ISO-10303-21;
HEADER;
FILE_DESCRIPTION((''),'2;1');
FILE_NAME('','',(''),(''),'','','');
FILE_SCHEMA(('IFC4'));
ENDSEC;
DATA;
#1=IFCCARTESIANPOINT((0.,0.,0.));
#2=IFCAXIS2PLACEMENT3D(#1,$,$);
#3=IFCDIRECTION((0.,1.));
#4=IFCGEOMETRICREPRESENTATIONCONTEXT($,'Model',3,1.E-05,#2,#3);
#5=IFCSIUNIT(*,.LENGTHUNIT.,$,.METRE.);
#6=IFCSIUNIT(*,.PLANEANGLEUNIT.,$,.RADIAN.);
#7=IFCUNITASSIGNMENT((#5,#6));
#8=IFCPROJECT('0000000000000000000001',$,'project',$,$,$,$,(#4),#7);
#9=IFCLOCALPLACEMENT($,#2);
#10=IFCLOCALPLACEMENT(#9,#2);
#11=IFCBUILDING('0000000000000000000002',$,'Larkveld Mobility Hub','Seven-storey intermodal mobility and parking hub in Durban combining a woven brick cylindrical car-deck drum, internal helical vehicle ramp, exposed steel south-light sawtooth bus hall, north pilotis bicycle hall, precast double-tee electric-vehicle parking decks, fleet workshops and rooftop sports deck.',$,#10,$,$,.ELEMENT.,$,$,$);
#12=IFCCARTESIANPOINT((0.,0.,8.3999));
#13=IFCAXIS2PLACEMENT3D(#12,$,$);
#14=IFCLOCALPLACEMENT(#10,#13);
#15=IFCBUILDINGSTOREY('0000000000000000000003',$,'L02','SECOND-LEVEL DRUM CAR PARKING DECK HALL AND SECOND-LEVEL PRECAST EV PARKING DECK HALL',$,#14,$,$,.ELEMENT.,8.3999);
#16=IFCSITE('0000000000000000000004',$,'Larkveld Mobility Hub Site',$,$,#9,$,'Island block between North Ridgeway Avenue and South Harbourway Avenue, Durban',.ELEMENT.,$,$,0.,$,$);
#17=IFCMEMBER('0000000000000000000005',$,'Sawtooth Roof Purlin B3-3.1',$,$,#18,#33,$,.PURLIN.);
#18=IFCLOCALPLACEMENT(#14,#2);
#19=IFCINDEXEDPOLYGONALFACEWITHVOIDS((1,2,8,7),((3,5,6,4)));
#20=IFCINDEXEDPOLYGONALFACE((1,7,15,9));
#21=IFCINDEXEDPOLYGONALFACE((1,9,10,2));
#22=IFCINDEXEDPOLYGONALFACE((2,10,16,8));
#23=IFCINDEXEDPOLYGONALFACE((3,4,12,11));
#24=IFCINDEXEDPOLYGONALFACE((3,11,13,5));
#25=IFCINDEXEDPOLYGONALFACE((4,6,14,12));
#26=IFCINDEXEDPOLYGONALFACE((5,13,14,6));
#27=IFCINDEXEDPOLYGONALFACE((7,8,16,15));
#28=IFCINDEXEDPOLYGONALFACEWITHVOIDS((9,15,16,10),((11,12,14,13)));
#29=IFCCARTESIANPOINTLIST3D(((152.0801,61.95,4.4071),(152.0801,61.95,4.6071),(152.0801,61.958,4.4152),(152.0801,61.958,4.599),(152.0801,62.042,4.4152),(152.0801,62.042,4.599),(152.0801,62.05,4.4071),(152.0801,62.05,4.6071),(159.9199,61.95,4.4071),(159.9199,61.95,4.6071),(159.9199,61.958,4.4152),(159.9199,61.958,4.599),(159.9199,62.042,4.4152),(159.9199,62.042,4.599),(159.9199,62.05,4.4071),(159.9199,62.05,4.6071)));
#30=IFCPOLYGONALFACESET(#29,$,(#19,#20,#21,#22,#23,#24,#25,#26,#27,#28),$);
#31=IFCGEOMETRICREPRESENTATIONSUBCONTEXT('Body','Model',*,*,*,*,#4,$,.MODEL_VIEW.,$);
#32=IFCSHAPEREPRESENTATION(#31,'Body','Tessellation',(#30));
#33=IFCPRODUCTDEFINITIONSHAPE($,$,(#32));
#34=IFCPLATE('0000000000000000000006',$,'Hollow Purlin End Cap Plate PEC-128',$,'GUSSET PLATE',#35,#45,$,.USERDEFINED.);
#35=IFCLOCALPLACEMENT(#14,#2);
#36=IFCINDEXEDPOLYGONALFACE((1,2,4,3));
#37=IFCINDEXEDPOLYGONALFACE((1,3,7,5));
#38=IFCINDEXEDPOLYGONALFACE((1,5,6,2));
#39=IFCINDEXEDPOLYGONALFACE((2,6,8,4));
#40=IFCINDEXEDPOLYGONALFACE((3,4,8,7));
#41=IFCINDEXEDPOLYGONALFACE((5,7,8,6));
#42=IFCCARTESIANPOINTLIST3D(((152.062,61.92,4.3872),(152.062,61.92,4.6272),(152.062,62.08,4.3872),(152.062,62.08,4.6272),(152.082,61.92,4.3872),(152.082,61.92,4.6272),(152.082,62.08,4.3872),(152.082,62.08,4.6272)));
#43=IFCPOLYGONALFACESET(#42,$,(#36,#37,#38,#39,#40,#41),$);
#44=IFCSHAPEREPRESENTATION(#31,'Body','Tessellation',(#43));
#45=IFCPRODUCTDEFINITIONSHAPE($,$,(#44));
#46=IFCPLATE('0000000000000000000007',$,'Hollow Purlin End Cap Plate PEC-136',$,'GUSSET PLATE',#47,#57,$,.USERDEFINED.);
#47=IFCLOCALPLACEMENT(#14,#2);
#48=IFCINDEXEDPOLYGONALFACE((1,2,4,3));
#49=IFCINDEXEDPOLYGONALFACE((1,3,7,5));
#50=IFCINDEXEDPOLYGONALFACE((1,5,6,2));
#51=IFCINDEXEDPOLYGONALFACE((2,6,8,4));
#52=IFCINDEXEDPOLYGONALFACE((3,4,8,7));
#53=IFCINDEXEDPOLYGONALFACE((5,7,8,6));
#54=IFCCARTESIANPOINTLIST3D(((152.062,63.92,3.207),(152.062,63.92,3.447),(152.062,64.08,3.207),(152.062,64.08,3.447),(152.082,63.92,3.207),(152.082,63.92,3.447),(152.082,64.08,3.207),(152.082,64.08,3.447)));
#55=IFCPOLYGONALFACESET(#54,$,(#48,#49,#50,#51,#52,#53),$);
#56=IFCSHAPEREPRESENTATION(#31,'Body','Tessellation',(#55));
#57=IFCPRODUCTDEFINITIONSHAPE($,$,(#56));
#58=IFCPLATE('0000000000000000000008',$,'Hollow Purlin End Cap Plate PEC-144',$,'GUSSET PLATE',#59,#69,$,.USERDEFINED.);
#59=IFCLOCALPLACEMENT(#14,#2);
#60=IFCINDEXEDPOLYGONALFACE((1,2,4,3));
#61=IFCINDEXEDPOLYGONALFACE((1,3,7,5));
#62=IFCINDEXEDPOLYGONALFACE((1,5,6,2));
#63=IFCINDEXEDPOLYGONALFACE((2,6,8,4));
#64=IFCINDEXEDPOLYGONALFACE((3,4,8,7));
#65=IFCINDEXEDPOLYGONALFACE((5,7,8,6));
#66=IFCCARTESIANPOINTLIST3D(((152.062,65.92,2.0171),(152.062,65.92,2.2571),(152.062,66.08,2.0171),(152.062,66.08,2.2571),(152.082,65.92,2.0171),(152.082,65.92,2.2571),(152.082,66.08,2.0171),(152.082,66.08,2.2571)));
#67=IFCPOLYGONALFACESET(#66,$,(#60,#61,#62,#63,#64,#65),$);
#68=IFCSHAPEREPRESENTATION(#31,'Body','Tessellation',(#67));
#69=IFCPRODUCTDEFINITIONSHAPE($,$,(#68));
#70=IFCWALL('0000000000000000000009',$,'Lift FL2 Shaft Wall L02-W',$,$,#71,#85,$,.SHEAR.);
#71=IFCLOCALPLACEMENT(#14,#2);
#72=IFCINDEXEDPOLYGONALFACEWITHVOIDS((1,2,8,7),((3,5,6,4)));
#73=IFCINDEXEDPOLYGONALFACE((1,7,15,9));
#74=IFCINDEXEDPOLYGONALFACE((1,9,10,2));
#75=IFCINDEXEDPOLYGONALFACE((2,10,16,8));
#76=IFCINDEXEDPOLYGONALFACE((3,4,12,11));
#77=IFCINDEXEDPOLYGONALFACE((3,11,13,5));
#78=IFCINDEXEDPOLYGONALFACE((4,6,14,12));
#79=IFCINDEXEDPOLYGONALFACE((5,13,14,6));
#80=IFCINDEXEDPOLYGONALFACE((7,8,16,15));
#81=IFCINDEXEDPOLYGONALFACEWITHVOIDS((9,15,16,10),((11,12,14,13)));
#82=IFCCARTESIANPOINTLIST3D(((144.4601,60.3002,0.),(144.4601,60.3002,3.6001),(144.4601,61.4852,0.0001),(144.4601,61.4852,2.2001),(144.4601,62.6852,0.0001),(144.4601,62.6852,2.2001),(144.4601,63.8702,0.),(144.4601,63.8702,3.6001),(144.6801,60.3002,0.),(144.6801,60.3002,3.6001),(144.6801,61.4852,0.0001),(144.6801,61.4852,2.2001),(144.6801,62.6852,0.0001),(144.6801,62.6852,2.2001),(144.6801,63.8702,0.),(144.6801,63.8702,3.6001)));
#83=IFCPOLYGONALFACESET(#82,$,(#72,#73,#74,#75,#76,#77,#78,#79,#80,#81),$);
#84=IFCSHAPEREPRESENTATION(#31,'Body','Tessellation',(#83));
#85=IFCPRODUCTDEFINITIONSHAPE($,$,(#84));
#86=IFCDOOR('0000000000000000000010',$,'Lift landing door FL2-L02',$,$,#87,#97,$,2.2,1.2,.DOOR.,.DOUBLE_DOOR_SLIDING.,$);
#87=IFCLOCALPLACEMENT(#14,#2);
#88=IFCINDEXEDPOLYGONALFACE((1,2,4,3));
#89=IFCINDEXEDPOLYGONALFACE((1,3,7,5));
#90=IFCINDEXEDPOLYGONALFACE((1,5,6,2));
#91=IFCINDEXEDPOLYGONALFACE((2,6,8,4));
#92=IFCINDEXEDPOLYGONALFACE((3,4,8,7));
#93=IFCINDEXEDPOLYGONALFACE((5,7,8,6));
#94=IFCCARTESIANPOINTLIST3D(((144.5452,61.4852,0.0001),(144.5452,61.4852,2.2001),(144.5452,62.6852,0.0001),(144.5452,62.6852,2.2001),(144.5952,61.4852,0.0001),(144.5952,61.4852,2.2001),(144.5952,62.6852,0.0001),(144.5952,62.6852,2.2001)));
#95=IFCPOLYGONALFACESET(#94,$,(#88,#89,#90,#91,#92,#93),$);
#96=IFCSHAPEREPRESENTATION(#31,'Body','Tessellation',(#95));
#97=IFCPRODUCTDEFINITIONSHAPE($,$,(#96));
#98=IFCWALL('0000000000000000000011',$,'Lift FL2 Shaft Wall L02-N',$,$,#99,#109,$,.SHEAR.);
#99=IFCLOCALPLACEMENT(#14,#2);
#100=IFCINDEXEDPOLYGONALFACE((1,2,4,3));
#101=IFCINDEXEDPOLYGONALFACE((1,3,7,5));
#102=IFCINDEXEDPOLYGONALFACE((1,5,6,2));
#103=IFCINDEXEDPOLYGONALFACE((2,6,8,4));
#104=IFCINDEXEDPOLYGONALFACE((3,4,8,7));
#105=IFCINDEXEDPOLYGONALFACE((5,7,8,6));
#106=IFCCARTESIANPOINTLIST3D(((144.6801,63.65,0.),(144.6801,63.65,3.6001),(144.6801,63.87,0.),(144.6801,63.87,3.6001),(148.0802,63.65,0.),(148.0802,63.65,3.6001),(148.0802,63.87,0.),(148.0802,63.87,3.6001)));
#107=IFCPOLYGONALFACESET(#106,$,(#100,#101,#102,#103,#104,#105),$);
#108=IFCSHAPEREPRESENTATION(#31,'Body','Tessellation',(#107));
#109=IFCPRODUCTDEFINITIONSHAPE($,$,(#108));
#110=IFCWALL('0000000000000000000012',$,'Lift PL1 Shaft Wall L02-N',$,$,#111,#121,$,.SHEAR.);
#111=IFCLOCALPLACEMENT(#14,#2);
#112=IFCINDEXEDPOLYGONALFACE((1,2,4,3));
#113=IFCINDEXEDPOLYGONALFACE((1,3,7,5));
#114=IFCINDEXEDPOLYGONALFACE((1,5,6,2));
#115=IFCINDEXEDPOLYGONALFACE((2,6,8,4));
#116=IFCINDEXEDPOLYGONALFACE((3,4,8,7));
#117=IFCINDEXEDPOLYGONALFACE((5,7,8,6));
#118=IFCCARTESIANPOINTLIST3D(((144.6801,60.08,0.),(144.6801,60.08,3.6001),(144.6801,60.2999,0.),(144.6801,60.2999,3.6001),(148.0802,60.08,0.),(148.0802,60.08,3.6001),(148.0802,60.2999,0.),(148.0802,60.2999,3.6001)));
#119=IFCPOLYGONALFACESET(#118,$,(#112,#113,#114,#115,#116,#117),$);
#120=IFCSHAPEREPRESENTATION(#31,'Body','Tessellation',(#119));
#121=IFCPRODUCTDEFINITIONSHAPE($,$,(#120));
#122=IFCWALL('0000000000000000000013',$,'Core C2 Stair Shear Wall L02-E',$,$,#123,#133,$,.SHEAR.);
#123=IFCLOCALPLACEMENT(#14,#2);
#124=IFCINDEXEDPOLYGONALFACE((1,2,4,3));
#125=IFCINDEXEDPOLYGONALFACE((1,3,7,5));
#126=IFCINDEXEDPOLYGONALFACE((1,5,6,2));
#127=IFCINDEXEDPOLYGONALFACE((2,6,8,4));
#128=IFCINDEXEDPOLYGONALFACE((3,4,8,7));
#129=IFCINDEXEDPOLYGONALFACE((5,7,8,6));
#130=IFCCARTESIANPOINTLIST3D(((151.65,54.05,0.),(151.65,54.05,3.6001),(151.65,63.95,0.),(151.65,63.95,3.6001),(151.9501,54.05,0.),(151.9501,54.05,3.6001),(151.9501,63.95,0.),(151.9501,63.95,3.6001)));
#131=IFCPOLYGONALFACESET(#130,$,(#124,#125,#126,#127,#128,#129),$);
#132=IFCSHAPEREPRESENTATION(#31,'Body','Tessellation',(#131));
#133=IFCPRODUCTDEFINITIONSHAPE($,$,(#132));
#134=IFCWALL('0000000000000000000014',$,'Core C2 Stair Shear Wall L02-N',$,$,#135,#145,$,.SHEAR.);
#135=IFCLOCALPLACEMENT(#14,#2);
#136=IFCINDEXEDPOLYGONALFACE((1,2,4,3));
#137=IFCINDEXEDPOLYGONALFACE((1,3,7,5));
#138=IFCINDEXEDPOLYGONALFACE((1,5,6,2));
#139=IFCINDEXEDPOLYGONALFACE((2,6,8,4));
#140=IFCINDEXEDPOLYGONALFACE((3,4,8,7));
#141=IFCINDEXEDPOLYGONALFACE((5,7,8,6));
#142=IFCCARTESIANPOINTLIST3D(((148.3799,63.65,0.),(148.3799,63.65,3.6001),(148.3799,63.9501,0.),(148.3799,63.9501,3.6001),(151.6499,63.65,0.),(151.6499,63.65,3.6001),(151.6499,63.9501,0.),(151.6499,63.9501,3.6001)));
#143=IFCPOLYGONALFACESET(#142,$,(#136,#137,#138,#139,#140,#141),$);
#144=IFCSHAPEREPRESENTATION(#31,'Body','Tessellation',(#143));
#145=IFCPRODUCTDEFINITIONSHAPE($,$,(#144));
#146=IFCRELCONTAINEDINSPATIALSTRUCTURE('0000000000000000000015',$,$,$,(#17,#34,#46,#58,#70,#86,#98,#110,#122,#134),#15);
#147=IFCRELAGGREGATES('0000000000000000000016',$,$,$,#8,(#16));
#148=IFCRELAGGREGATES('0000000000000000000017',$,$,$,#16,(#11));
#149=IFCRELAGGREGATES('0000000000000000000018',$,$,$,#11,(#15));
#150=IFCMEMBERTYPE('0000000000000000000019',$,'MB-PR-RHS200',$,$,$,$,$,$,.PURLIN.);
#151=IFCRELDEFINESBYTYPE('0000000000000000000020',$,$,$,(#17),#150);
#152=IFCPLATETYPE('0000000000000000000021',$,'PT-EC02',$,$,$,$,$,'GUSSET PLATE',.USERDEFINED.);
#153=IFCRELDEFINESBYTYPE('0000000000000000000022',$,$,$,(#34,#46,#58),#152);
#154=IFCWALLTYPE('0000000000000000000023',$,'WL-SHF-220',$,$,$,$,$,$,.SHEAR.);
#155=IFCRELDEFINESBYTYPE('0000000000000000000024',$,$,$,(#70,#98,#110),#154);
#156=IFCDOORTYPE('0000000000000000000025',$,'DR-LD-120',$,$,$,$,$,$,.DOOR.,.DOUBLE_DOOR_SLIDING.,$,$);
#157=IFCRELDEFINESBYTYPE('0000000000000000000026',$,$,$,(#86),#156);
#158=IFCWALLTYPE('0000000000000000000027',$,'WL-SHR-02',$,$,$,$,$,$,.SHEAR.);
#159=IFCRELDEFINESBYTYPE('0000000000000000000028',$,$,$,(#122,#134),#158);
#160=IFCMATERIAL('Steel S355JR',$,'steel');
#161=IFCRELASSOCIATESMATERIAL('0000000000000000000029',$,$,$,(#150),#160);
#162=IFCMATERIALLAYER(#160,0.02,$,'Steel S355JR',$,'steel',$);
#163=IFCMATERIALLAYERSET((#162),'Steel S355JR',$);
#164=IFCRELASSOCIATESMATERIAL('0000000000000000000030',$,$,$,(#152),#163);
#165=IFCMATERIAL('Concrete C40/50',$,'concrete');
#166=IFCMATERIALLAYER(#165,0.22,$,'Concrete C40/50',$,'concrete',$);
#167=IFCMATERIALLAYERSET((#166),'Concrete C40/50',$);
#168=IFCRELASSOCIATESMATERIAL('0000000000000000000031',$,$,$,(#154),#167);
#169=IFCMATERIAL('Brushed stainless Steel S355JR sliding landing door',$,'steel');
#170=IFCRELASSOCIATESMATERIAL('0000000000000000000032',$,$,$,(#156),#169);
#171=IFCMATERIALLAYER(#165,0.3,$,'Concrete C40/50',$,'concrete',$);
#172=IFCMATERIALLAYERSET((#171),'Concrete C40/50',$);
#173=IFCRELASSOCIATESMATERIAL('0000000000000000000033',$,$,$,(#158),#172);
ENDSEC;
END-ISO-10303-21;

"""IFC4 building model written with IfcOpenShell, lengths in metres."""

from ifc_helpers import new_model, si_unit, direction, frame, frame_2d, origin, origin_2d, place, context, subcontext, project, spatial, rectangle, hollow_rectangle, extrude, material, layer, layer_set, material_profile, profile_set, type_object, element, fill, save


model = new_model("IFC4")

# Units and contexts
model_context = context("Model", 3, precision=1e-05, world=origin(), true_north=direction((0.0, 1.0)))
body_context = subcontext(model_context, "Body", "Model", "MODEL_VIEW")
ifc_project = project(units=[si_unit("LENGTHUNIT", "METRE"), si_unit("PLANEANGLEUNIT", "RADIAN")], contexts=[model_context])

# Site, building, storey
site_placement = place(None, origin())
site = spatial("IfcSite", under=ifc_project, at=site_placement, Name="Larkveld Mobility Hub Site", LongName="Island block between North Ridgeway Avenue and South Harbourway Avenue, Durban", CompositionType="ELEMENT", RefElevation=0.0)
building_placement = place(site_placement, origin())
building = spatial("IfcBuilding", under=site, at=building_placement, Name="Larkveld Mobility Hub", Description="Seven-storey intermodal mobility and parking hub in Durban combining a woven brick cylindrical car-deck drum, internal helical vehicle ramp, exposed steel south-light sawtooth bus hall, north pilotis bicycle hall, precast double-tee electric-vehicle parking decks, fleet workshops and rooftop sports deck.", CompositionType="ELEMENT")
storey_placement = place(building_placement, frame((0.0, 0.0, 8.3999)))
storey = spatial("IfcBuildingStorey", under=building, at=storey_placement, Name="L02", Description="SECOND-LEVEL DRUM CAR PARKING DECK HALL AND SECOND-LEVEL PRECAST EV PARKING DECK HALL", CompositionType="ELEMENT", Elevation=8.3999)

# Shared definitions
ifc_material_1 = material(Name="Concrete C40/50", Category="concrete")

# Member
ifc_material_2 = material(Name="Steel S355JR", Category="steel")
ifc_material_profile_1 = material_profile(ifc_material_2, hollow_rectangle(XDim=0.1001, YDim=0.2, WallThickness=0.0081, at=origin_2d()), Name="RHS 200x100x8")
ifc_profile_set_1 = profile_set([ifc_material_profile_1], Name="Steel S355JR")
member_type_1 = type_object("IfcMemberType", Name="MB-PR-RHS200", PredefinedType="PURLIN", material=ifc_profile_set_1)
member_1_placement = place(storey_placement, frame((152.0801, 62.0, 4.5071), z_axis=(1.0, 0.0, 0.0), x_axis=(0.0, 1.0, 0.0)))
element("IfcMember", 1, at=member_1_placement, inside=storey, type_object=member_type_1, Name="Sawtooth Roof Purlin B3-3.1", PredefinedType="PURLIN", context=body_context, shape_type="SweptSolid", body=[
    extrude(hollow_rectangle(XDim=0.1001, YDim=0.2, WallThickness=0.0081, at=origin_2d()), origin(), (0.0, 0.0, 1.0), 7.8398),
])

# Plates
ifc_layer_1 = layer(ifc_material_2, 0.02, Name="Steel S355JR", Category="steel")
ifc_layer_set_1 = layer_set([ifc_layer_1], Name="Steel S355JR")
plate_type = type_object("IfcPlateType", Name="PT-EC02", ElementType="GUSSET PLATE", PredefinedType="USERDEFINED", material=ifc_layer_set_1)
for number, where, z_axis, x_axis, name in (
    (2, (152.072, 62.0, 4.3872), (0.0, 0.0, 1.0), (1.0, 0.0, 0.0), "Hollow Purlin End Cap Plate PEC-128"),
    (3, (152.072, 64.0, 3.207), (0.0, 0.0, 1.0), (1.0, 0.0, 0.0), "Hollow Purlin End Cap Plate PEC-136"),
    (4, (152.072, 66.0, 2.0171), (0.0, 0.0, 1.0), (1.0, 0.0, 0.0), "Hollow Purlin End Cap Plate PEC-144"),
):
    element("IfcPlate", number, at=place(storey_placement, frame(where, z_axis=z_axis, x_axis=x_axis)), inside=storey, type_object=plate_type, Name=name, ObjectType="GUSSET PLATE", PredefinedType="USERDEFINED", context=body_context, shape_type="SweptSolid", body=[
        extrude(rectangle(XDim=0.02, YDim=0.1599, at=origin_2d()), origin(), (0.0, 0.0, 1.0), 0.24),
    ])

# Wall, opening, door
ifc_layer_2 = layer(ifc_material_1, 0.22, Name="Concrete C40/50", Category="concrete")
ifc_layer_set_2 = layer_set([ifc_layer_2], Name="Concrete C40/50")
wall_type_1 = type_object("IfcWallType", Name="WL-SHF-220", PredefinedType="SHEAR", material=ifc_layer_set_2)
wall_1_placement = place(storey_placement, frame((144.5701, 60.3, 0.0), z_axis=(0.0, 0.0, 1.0), x_axis=(0.0, 1.0, 0.0)))
wall_1 = element("IfcWall", 5, at=wall_1_placement, inside=storey, type_object=wall_type_1, Name="Lift FL2 Shaft Wall L02-W", PredefinedType="SHEAR", context=body_context, shape_type="SweptSolid", body=[
    extrude(rectangle(XDim=3.5701, YDim=0.22, at=frame_2d((1.7852, 0.0))), origin(), (0.0, 0.0, 1.0), 3.6001),
])
opening_placement = place(wall_1_placement, frame((1.1851, 0.0, 0.0)))
opening = element("IfcOpeningElement", 6, at=opening_placement, cuts=wall_1, PredefinedType="OPENING", context=body_context, shape_type="SweptSolid", body=[
    extrude(rectangle(XDim=1.2, YDim=2.2, at=frame_2d((0.6001, 1.1001))), frame((0.0, 0.1201, 0.0), z_axis=(0.0, -1.0, 0.0), x_axis=(1.0, 0.0, 0.0)), (0.0, 0.0, 1.0), 0.24),
])
ifc_material_3 = material(Name="Brushed stainless Steel S355JR sliding landing door", Category="steel")
door_type = type_object("IfcDoorType", Name="DR-LD-120", OperationType="DOUBLE_DOOR_SLIDING", PredefinedType="DOOR", material=ifc_material_3)
door_placement = place(opening_placement, origin())
door = element("IfcDoor", 7, at=door_placement, inside=storey, type_object=door_type, Name="Lift landing door FL2-L02", OperationType="DOUBLE_DOOR_SLIDING", OverallHeight=2.2, OverallWidth=1.2, PredefinedType="DOOR", context=body_context, shape_type="SweptSolid", body=[
    extrude(rectangle(XDim=1.2, YDim=2.2, at=frame_2d((0.6001, 1.1001))), frame((0.0, 0.0249, 0.0), z_axis=(0.0, -1.0, 0.0), x_axis=(1.0, 0.0, 0.0)), (0.0, 0.0, 1.0), 0.05),
])
fill(opening, door)

# Walls
for number, where, z_axis, x_axis, name in (
    (8, (144.6799, 63.76, 0.0), (0.0, 0.0, 1.0), (1.0, 0.0, 0.0), "Lift FL2 Shaft Wall L02-N"),
    (9, (144.6799, 60.1899, 0.0), (0.0, 0.0, 1.0), (1.0, 0.0, 0.0), "Lift PL1 Shaft Wall L02-N"),
):
    element("IfcWall", number, at=place(storey_placement, frame(where, z_axis=z_axis, x_axis=x_axis)), inside=storey, type_object=wall_type_1, Name=name, PredefinedType="SHEAR", context=body_context, shape_type="SweptSolid", body=[
        extrude(rectangle(XDim=3.4001, YDim=0.22, at=frame_2d((1.7002, 0.0))), origin(), (0.0, 0.0, 1.0), 3.6001),
    ])
ifc_layer_3 = layer(ifc_material_1, 0.3, Name="Concrete C40/50", Category="concrete")
ifc_layer_set_3 = layer_set([ifc_layer_3], Name="Concrete C40/50")
wall_type_2 = type_object("IfcWallType", Name="WL-SHR-02", PredefinedType="SHEAR", material=ifc_layer_set_3)
wall_2_placement = place(storey_placement, frame((151.8, 63.95, 0.0), z_axis=(0.0, 0.0, 1.0), x_axis=(0.0, -1.0, 0.0)))
element("IfcWall", 10, at=wall_2_placement, inside=storey, type_object=wall_type_2, Name="Core C2 Stair Shear Wall L02-E", PredefinedType="SHEAR", context=body_context, shape_type="SweptSolid", body=[
    extrude(rectangle(XDim=9.8999, YDim=0.3, at=frame_2d((4.95, 0.0))), origin(), (0.0, 0.0, 1.0), 3.6001),
])
wall_3_placement = place(storey_placement, frame((148.3799, 63.8, 0.0), z_axis=(0.0, 0.0, 1.0), x_axis=(1.0, 0.0, 0.0)))
element("IfcWall", 11, at=wall_3_placement, inside=storey, type_object=wall_type_2, Name="Core C2 Stair Shear Wall L02-N", PredefinedType="SHEAR", context=body_context, shape_type="SweptSolid", body=[
    extrude(rectangle(XDim=3.27, YDim=0.3, at=frame_2d((1.635, 0.0))), origin(), (0.0, 0.0, 1.0), 3.6001),
])

save(model, "model.ifc")
